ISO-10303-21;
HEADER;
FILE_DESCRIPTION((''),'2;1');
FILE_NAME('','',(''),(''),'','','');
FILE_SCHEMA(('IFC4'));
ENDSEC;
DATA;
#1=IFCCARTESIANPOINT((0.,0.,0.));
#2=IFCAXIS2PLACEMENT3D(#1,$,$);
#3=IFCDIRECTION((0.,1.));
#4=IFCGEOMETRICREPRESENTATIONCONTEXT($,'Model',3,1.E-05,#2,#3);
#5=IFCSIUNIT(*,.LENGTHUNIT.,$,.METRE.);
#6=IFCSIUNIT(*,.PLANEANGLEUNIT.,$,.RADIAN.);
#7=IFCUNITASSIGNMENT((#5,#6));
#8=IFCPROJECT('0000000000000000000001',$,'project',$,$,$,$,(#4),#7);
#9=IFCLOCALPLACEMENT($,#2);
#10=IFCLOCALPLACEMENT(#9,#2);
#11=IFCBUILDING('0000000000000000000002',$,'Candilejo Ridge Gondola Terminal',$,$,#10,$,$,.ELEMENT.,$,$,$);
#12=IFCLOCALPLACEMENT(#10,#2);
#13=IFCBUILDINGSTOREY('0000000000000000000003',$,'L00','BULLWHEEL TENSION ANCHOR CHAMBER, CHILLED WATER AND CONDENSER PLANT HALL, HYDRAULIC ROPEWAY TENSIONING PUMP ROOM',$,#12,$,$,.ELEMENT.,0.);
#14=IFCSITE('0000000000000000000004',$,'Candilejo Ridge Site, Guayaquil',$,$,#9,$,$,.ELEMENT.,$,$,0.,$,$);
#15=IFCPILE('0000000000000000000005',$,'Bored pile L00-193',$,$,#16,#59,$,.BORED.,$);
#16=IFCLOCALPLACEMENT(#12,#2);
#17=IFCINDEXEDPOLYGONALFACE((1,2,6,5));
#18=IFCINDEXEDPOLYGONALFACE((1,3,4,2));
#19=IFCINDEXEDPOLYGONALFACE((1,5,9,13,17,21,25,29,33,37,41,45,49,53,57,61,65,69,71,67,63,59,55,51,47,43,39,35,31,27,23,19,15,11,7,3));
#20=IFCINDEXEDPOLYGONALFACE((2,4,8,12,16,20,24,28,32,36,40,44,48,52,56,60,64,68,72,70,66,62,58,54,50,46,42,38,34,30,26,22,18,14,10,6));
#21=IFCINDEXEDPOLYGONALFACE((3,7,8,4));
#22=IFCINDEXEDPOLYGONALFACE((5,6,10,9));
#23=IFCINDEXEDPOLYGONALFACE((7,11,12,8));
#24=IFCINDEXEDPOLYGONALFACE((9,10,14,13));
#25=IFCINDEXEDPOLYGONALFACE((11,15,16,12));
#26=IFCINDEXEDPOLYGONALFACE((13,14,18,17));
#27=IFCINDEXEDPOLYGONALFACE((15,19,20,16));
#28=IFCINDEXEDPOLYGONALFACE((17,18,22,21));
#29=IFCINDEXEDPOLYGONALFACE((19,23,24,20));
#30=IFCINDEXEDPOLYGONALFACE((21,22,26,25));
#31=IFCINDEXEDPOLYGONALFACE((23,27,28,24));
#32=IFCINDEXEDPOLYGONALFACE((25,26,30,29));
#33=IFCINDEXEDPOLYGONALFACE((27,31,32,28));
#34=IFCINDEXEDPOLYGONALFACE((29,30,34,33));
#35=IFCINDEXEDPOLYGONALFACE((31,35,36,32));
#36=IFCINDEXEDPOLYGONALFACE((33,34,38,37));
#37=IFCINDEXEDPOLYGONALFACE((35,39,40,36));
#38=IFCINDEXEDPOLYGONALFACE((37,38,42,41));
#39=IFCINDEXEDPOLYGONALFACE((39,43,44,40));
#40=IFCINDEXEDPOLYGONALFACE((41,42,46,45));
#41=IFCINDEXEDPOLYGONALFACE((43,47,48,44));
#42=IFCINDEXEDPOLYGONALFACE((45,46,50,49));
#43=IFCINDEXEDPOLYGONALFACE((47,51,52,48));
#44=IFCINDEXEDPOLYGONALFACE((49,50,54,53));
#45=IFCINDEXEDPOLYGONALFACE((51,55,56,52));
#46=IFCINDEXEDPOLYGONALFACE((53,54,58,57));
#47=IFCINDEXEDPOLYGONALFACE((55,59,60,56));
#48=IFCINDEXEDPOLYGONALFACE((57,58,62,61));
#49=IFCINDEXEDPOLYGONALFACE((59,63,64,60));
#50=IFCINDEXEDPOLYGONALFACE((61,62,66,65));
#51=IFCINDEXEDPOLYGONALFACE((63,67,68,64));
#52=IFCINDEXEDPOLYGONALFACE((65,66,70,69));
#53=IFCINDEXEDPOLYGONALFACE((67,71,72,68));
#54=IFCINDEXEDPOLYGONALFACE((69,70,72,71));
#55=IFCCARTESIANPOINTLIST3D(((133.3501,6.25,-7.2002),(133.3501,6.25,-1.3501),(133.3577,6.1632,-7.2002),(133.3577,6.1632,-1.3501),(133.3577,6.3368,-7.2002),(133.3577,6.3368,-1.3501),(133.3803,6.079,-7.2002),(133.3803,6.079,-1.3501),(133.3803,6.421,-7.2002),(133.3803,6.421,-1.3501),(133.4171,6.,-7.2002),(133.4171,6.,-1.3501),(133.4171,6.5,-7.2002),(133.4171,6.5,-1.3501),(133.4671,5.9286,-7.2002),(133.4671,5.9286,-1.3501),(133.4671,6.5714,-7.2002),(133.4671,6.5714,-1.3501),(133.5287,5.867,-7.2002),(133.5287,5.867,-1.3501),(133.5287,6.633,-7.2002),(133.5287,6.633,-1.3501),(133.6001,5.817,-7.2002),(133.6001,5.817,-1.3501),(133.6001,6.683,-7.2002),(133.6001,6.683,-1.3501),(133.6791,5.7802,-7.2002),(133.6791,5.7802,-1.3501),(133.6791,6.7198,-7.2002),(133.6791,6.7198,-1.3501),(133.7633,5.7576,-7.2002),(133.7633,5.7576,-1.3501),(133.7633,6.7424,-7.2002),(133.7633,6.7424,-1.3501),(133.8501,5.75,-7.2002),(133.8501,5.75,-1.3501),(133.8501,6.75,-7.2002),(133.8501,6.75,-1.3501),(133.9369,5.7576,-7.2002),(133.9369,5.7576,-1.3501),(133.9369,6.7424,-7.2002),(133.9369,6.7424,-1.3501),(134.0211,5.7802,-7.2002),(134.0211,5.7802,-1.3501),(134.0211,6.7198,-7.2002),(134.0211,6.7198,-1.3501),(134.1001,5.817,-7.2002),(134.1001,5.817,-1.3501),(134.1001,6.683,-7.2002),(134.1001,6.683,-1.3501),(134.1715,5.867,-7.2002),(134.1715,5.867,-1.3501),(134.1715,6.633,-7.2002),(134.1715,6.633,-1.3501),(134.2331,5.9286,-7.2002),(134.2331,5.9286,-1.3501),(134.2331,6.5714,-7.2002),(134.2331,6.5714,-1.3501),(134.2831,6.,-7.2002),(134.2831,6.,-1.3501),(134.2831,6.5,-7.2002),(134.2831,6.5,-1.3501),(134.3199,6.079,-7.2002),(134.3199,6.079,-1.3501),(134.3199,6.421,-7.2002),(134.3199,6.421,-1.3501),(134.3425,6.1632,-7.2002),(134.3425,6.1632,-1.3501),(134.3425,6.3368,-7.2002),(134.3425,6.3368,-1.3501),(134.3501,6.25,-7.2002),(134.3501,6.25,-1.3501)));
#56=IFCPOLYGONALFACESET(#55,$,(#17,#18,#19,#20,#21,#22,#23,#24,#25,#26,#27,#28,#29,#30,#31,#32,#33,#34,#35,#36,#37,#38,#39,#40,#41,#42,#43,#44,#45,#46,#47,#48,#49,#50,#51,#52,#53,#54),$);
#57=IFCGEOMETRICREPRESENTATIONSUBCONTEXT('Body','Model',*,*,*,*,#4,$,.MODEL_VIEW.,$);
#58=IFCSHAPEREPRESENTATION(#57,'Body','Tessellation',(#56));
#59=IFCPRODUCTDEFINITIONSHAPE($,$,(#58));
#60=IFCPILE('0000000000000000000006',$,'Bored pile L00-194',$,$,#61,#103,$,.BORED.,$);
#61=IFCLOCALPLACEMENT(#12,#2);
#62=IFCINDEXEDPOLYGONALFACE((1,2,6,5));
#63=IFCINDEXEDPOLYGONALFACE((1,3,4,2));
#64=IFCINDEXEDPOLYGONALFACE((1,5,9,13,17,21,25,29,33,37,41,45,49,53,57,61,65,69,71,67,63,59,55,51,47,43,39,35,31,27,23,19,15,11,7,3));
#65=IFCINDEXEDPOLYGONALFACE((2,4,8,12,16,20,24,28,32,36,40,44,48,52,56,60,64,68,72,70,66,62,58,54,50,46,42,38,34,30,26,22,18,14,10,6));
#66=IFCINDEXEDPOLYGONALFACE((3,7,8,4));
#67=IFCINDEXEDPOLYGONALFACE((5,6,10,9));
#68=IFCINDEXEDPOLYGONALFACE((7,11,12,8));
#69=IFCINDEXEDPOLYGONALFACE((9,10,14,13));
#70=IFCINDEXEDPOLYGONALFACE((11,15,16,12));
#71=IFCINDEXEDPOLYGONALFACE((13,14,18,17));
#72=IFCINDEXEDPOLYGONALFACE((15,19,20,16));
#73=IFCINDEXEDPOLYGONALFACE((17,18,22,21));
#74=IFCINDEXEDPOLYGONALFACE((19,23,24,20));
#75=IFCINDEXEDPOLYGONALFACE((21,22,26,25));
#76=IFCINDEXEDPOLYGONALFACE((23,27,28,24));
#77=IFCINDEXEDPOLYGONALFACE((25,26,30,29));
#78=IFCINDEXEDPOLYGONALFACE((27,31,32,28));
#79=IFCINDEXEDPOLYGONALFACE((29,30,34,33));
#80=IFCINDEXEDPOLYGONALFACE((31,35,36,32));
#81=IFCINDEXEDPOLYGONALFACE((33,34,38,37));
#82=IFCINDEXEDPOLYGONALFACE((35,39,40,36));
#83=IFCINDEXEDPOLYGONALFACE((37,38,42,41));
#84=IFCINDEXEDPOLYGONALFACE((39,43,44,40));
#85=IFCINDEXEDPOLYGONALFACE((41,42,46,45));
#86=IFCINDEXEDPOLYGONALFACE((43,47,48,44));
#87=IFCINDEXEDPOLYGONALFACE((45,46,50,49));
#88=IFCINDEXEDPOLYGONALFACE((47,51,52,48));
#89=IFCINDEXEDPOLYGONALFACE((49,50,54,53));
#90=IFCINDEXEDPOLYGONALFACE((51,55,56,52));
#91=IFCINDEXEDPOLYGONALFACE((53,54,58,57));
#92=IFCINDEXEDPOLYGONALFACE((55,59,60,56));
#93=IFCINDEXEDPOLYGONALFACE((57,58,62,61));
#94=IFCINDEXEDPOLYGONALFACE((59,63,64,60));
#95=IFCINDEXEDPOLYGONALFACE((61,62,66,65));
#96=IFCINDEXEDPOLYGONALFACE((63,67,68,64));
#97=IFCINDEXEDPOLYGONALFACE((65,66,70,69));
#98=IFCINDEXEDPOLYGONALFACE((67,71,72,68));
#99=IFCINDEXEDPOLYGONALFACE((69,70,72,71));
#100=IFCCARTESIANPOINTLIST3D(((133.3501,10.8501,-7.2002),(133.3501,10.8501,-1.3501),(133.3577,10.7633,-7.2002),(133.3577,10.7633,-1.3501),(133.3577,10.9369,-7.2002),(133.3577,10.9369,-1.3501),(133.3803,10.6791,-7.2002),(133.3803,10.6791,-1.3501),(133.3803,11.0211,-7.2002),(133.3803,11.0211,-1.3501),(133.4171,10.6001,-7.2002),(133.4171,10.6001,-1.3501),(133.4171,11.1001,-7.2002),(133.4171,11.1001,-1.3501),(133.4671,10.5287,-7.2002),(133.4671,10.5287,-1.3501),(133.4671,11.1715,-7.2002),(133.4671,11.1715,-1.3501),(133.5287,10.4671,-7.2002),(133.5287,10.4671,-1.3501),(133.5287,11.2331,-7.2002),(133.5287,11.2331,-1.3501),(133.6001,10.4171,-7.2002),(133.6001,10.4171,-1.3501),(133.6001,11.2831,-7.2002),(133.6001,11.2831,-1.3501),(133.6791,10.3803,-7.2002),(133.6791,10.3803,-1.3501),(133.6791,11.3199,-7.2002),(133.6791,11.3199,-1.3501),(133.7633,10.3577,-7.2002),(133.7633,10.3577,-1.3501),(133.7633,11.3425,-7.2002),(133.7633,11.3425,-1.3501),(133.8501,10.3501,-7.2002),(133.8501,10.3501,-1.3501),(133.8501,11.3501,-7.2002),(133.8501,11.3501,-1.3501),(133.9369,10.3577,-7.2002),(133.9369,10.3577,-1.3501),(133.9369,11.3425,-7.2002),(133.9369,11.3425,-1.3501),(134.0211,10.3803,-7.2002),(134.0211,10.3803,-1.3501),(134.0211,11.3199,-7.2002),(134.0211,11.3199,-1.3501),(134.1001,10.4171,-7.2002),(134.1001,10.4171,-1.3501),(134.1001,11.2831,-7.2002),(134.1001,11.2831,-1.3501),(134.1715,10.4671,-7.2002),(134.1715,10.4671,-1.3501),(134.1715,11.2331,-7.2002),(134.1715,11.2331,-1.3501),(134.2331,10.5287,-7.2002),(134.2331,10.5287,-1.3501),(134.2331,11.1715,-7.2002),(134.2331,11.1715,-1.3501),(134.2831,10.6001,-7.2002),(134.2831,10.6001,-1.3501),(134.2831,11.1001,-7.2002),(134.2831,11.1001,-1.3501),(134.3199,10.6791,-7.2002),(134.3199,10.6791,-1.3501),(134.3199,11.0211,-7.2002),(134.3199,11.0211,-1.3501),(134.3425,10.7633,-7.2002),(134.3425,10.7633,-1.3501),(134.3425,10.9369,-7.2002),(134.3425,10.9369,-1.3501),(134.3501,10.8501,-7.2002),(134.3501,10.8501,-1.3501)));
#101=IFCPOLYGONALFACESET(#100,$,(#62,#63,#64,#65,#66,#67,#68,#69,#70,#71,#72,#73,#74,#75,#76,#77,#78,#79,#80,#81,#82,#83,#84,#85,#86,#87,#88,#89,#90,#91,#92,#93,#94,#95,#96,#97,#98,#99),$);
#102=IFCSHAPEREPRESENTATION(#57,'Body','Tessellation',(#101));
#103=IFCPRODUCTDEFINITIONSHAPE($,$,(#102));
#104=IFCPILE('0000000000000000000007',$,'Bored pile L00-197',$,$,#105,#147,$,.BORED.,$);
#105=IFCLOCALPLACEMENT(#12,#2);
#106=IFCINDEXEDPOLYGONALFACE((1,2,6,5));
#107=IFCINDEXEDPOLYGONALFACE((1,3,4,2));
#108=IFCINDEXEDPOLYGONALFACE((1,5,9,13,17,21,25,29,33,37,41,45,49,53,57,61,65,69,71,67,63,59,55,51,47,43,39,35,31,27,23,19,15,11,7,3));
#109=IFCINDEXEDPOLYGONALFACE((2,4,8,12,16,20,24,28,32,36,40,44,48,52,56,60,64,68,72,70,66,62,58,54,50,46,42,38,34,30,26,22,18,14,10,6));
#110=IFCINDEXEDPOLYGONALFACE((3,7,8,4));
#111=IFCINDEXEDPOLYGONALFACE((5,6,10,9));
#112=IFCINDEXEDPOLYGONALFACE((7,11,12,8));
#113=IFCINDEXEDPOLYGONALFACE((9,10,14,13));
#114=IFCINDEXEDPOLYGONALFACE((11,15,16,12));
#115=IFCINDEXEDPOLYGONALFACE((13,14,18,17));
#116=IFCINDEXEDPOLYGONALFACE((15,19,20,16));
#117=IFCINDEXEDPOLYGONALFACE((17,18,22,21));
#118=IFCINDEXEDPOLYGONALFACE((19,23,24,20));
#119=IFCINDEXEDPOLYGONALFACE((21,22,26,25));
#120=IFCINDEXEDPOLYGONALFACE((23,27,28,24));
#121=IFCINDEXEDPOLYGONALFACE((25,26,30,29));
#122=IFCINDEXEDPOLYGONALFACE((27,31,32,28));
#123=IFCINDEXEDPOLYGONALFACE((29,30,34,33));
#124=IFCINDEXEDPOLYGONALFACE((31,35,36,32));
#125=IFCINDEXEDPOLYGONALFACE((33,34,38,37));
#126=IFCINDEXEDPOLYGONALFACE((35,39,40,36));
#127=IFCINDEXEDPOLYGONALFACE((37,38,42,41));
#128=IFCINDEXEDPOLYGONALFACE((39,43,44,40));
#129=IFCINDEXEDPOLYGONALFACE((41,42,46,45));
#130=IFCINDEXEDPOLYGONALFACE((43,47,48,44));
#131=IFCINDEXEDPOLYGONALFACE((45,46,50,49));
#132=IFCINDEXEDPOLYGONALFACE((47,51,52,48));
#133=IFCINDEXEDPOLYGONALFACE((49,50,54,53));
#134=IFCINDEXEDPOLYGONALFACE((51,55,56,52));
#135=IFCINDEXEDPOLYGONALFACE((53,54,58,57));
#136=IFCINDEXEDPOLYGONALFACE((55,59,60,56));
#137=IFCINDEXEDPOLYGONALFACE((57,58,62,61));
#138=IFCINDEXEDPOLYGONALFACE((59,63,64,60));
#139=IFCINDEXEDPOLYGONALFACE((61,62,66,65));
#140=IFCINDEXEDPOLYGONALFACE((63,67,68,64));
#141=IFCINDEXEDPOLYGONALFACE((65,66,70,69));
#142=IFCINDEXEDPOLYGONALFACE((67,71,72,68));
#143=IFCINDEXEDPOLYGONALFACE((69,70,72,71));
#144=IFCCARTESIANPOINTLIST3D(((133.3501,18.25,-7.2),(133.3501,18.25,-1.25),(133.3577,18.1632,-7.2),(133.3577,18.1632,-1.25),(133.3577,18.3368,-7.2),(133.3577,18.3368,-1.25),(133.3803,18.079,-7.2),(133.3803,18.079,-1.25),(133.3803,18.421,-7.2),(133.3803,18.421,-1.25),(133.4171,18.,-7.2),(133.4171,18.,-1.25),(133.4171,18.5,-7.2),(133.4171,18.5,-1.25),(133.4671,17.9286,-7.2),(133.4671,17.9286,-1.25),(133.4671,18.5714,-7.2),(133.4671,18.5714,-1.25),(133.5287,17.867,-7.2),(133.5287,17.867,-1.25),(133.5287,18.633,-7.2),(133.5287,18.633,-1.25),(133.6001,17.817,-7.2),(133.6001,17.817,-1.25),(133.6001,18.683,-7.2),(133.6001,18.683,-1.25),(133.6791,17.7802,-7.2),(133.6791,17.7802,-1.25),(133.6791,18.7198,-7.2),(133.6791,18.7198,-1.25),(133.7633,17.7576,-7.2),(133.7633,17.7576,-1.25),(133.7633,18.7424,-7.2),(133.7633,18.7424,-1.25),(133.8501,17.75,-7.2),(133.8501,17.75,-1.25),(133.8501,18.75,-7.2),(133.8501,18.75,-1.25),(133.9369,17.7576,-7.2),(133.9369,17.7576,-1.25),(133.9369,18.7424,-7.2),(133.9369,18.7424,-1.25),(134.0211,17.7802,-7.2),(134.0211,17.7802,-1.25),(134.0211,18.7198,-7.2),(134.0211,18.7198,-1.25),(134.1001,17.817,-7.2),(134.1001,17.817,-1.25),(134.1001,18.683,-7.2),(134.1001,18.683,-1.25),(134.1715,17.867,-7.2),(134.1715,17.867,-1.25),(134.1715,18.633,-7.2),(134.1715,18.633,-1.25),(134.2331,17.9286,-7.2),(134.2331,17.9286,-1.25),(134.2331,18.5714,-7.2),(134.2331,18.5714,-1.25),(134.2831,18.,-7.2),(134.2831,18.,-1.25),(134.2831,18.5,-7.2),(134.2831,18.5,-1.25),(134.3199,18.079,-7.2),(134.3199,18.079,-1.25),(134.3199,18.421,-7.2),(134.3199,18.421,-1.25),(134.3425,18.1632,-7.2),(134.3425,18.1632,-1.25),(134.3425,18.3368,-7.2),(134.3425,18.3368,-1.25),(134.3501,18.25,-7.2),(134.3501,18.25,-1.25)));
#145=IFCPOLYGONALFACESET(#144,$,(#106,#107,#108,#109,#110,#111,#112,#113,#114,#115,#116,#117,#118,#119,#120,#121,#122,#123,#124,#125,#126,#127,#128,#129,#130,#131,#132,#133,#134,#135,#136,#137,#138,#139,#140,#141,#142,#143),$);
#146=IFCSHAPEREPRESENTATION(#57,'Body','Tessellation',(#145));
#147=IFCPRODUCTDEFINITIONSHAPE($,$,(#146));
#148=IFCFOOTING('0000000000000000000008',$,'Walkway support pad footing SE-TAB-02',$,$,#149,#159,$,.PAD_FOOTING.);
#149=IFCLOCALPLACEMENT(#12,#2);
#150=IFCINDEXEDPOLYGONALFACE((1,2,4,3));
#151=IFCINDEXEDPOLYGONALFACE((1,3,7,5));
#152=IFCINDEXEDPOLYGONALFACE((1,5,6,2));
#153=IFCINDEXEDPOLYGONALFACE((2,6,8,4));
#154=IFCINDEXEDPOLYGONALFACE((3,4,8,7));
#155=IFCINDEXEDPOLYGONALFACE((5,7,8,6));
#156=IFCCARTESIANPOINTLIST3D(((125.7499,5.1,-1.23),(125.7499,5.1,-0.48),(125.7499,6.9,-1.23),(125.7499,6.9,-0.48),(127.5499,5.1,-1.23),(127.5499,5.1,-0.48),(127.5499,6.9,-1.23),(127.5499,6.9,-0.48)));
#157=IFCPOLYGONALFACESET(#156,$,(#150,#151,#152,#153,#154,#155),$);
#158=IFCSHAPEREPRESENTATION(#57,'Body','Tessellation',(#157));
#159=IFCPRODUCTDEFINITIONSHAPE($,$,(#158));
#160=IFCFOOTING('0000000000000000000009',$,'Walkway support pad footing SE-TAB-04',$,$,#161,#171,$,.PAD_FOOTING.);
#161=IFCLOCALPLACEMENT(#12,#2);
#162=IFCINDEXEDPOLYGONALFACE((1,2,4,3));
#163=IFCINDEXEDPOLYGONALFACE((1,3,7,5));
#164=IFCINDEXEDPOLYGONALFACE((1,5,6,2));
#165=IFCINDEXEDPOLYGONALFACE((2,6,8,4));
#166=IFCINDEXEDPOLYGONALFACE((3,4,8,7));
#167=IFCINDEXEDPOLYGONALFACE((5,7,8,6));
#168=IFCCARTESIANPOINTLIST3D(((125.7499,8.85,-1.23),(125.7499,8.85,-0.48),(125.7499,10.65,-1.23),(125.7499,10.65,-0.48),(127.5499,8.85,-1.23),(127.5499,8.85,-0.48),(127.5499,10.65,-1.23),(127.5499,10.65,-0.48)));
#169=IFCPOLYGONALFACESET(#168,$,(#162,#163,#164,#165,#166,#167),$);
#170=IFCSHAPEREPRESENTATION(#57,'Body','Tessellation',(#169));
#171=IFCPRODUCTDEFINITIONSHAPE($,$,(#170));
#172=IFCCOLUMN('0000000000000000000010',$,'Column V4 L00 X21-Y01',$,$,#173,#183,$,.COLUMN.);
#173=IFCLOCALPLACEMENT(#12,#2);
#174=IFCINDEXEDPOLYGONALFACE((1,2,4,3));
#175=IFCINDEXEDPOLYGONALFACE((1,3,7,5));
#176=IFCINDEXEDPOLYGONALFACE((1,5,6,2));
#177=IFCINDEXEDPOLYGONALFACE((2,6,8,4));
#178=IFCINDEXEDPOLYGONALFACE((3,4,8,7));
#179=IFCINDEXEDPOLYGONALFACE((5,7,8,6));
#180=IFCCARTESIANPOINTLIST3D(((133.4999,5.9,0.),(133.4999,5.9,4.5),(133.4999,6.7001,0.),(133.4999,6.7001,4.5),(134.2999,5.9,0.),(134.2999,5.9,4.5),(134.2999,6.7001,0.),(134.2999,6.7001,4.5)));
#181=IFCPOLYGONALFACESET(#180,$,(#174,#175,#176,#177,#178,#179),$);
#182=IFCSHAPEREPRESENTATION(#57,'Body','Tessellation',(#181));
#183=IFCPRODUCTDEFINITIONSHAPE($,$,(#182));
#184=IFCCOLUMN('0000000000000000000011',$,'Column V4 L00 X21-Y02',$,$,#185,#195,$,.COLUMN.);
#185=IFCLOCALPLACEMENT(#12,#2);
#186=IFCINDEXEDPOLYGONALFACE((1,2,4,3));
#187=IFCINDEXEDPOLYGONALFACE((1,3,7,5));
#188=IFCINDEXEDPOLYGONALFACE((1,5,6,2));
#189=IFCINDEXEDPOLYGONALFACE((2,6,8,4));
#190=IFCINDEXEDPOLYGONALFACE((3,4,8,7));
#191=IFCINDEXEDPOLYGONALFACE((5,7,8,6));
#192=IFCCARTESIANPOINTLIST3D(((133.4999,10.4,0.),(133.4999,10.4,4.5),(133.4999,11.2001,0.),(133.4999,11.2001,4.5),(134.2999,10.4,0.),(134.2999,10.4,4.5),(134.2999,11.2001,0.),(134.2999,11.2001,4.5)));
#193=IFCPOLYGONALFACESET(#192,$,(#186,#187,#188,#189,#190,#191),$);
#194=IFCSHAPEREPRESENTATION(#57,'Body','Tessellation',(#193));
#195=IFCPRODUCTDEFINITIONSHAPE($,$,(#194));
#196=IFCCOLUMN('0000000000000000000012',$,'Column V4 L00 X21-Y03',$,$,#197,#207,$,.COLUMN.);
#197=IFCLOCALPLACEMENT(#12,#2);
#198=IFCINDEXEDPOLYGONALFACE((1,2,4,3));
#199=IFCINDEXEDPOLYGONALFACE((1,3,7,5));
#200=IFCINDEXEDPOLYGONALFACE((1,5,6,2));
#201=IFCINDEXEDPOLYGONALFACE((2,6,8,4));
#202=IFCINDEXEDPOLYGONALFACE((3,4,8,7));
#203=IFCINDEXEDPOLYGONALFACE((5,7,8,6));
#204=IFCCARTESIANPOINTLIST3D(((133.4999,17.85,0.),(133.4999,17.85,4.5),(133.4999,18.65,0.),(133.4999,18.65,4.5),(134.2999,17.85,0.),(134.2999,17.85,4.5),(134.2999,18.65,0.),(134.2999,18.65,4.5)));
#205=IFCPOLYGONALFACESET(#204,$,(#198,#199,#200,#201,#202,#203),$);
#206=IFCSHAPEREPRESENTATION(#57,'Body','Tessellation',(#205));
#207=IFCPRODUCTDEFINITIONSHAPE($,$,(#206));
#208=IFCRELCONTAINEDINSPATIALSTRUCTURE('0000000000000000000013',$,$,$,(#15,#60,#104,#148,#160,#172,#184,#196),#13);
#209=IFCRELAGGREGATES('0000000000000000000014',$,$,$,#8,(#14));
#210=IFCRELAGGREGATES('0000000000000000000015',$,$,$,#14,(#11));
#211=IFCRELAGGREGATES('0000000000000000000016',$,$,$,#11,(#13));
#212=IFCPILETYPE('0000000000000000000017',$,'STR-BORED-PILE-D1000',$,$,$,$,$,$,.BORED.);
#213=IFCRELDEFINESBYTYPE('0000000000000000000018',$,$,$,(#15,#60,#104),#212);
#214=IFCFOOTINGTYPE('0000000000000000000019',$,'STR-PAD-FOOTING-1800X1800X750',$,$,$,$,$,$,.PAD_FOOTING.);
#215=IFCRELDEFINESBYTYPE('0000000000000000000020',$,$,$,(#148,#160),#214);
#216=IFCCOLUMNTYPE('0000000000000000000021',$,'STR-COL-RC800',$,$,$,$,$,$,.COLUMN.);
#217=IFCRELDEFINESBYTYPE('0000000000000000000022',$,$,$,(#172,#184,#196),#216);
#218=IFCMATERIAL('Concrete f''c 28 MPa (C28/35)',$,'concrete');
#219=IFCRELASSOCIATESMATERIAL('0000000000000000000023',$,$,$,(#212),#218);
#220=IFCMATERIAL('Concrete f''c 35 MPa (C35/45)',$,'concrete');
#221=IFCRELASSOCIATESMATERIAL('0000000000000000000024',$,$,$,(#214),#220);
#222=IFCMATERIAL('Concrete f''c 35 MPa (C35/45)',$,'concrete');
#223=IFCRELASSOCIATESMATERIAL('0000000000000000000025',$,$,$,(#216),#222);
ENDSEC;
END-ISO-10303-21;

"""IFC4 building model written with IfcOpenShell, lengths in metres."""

from ifc_helpers import new_model, si_unit, direction, frame, origin, origin_2d, place, context, subcontext, project, spatial, rectangle, circle, extrude, material, material_profile, profile_set, type_object, element, save


model = new_model("IFC4")

# Units and contexts
model_context = context("Model", 3, precision=1e-05, world=origin(), true_north=direction((0.0, 1.0)))
body_context = subcontext(model_context, "Body", "Model", "MODEL_VIEW")
ifc_project = project(units=[si_unit("LENGTHUNIT", "METRE"), si_unit("PLANEANGLEUNIT", "RADIAN")], contexts=[model_context])

# Site, building, storey
site_placement = place(None, origin())
site = spatial("IfcSite", under=ifc_project, at=site_placement, Name="Candilejo Ridge Site, Guayaquil", CompositionType="ELEMENT", RefElevation=0.0)
building_placement = place(site_placement, origin())
building = spatial("IfcBuilding", under=site, at=building_placement, Name="Candilejo Ridge Gondola Terminal", CompositionType="ELEMENT")
storey_placement = place(building_placement, origin())
storey = spatial("IfcBuildingStorey", under=building, at=storey_placement, Name="L00", Description="BULLWHEEL TENSION ANCHOR CHAMBER, CHILLED WATER AND CONDENSER PLANT HALL, HYDRAULIC ROPEWAY TENSIONING PUMP ROOM", CompositionType="ELEMENT", Elevation=0.0)

# Piles
ifc_material_1 = material(Name="Concrete f'c 28 MPa (C28/35)", Category="concrete")
ifc_material_profile_1 = material_profile(ifc_material_1, circle(Radius=0.5, at=origin_2d()))
ifc_profile_set_1 = profile_set([ifc_material_profile_1], Name="Concrete f'c 28 MPa (C28/35)")
pile_type = type_object("IfcPileType", Name="STR-BORED-PILE-D1000", PredefinedType="BORED", material=ifc_profile_set_1)
for number, where, z_axis, x_axis, name in (
    (1, (133.8501, 6.25, -1.3501), (0.0, 0.0, -1.0), (1.0, 0.0, 0.0), "Bored pile L00-193"),
    (2, (133.8501, 10.8501, -1.3501), (0.0, 0.0, -1.0), (1.0, 0.0, 0.0), "Bored pile L00-194"),
):
    element("IfcPile", number, at=place(storey_placement, frame(where, z_axis=z_axis, x_axis=x_axis)), inside=storey, type_object=pile_type, Name=name, PredefinedType="BORED", context=body_context, shape_type="SweptSolid", body=[
        extrude(circle(Radius=0.5, at=origin_2d()), origin(), (0.0, 0.0, 1.0), 5.8501),
    ])
pile_placement = place(storey_placement, frame((133.8501, 18.25, -1.25), z_axis=(0.0, 0.0, -1.0), x_axis=(1.0, 0.0, 0.0)))
element("IfcPile", 3, at=pile_placement, inside=storey, type_object=pile_type, Name="Bored pile L00-197", PredefinedType="BORED", context=body_context, shape_type="SweptSolid", body=[
    extrude(circle(Radius=0.5, at=origin_2d()), origin(), (0.0, 0.0, 1.0), 5.95),
])

# Footings
ifc_material_2 = material(Name="Concrete f'c 35 MPa (C35/45)", Category="concrete")
footing_type = type_object("IfcFootingType", Name="STR-PAD-FOOTING-1800X1800X750", PredefinedType="PAD_FOOTING", material=ifc_material_2)
for number, where, z_axis, x_axis, name in (
    (4, (126.6499, 6.0, -1.23), (0.0, 0.0, 1.0), (1.0, 0.0, 0.0), "Walkway support pad footing SE-TAB-02"),
    (5, (126.6499, 9.75, -1.23), (0.0, 0.0, 1.0), (1.0, 0.0, 0.0), "Walkway support pad footing SE-TAB-04"),
):
    element("IfcFooting", number, at=place(storey_placement, frame(where, z_axis=z_axis, x_axis=x_axis)), inside=storey, type_object=footing_type, Name=name, PredefinedType="PAD_FOOTING", context=body_context, shape_type="SweptSolid", body=[
        extrude(rectangle(XDim=1.8, YDim=1.8, at=origin_2d()), origin(), (0.0, 0.0, 1.0), 0.75),
    ])

# Columns
ifc_material_3 = material(Name="Concrete f'c 35 MPa (C35/45)", Category="concrete")
ifc_material_profile_2 = material_profile(ifc_material_3, rectangle(XDim=0.8, YDim=0.8, at=origin_2d()))
ifc_profile_set_2 = profile_set([ifc_material_profile_2], Name="Concrete f'c 35 MPa (C35/45)")
column_type = type_object("IfcColumnType", Name="STR-COL-RC800", PredefinedType="COLUMN", material=ifc_profile_set_2)
for number, where, z_axis, x_axis, name in (
    (6, (133.8999, 6.3, 0.0), (0.0, 0.0, 1.0), (1.0, 0.0, 0.0), "Column V4 L00 X21-Y01"),
    (7, (133.8999, 10.8, 0.0), (0.0, 0.0, 1.0), (1.0, 0.0, 0.0), "Column V4 L00 X21-Y02"),
    (8, (133.8999, 18.25, 0.0), (0.0, 0.0, 1.0), (1.0, 0.0, 0.0), "Column V4 L00 X21-Y03"),
):
    element("IfcColumn", number, at=place(storey_placement, frame(where, z_axis=z_axis, x_axis=x_axis)), inside=storey, type_object=column_type, Name=name, PredefinedType="COLUMN", context=body_context, shape_type="SweptSolid", body=[
        extrude(rectangle(XDim=0.8, YDim=0.8, at=origin_2d()), origin(), (0.0, 0.0, 1.0), 4.5),
    ])

save(model, "model.ifc")
